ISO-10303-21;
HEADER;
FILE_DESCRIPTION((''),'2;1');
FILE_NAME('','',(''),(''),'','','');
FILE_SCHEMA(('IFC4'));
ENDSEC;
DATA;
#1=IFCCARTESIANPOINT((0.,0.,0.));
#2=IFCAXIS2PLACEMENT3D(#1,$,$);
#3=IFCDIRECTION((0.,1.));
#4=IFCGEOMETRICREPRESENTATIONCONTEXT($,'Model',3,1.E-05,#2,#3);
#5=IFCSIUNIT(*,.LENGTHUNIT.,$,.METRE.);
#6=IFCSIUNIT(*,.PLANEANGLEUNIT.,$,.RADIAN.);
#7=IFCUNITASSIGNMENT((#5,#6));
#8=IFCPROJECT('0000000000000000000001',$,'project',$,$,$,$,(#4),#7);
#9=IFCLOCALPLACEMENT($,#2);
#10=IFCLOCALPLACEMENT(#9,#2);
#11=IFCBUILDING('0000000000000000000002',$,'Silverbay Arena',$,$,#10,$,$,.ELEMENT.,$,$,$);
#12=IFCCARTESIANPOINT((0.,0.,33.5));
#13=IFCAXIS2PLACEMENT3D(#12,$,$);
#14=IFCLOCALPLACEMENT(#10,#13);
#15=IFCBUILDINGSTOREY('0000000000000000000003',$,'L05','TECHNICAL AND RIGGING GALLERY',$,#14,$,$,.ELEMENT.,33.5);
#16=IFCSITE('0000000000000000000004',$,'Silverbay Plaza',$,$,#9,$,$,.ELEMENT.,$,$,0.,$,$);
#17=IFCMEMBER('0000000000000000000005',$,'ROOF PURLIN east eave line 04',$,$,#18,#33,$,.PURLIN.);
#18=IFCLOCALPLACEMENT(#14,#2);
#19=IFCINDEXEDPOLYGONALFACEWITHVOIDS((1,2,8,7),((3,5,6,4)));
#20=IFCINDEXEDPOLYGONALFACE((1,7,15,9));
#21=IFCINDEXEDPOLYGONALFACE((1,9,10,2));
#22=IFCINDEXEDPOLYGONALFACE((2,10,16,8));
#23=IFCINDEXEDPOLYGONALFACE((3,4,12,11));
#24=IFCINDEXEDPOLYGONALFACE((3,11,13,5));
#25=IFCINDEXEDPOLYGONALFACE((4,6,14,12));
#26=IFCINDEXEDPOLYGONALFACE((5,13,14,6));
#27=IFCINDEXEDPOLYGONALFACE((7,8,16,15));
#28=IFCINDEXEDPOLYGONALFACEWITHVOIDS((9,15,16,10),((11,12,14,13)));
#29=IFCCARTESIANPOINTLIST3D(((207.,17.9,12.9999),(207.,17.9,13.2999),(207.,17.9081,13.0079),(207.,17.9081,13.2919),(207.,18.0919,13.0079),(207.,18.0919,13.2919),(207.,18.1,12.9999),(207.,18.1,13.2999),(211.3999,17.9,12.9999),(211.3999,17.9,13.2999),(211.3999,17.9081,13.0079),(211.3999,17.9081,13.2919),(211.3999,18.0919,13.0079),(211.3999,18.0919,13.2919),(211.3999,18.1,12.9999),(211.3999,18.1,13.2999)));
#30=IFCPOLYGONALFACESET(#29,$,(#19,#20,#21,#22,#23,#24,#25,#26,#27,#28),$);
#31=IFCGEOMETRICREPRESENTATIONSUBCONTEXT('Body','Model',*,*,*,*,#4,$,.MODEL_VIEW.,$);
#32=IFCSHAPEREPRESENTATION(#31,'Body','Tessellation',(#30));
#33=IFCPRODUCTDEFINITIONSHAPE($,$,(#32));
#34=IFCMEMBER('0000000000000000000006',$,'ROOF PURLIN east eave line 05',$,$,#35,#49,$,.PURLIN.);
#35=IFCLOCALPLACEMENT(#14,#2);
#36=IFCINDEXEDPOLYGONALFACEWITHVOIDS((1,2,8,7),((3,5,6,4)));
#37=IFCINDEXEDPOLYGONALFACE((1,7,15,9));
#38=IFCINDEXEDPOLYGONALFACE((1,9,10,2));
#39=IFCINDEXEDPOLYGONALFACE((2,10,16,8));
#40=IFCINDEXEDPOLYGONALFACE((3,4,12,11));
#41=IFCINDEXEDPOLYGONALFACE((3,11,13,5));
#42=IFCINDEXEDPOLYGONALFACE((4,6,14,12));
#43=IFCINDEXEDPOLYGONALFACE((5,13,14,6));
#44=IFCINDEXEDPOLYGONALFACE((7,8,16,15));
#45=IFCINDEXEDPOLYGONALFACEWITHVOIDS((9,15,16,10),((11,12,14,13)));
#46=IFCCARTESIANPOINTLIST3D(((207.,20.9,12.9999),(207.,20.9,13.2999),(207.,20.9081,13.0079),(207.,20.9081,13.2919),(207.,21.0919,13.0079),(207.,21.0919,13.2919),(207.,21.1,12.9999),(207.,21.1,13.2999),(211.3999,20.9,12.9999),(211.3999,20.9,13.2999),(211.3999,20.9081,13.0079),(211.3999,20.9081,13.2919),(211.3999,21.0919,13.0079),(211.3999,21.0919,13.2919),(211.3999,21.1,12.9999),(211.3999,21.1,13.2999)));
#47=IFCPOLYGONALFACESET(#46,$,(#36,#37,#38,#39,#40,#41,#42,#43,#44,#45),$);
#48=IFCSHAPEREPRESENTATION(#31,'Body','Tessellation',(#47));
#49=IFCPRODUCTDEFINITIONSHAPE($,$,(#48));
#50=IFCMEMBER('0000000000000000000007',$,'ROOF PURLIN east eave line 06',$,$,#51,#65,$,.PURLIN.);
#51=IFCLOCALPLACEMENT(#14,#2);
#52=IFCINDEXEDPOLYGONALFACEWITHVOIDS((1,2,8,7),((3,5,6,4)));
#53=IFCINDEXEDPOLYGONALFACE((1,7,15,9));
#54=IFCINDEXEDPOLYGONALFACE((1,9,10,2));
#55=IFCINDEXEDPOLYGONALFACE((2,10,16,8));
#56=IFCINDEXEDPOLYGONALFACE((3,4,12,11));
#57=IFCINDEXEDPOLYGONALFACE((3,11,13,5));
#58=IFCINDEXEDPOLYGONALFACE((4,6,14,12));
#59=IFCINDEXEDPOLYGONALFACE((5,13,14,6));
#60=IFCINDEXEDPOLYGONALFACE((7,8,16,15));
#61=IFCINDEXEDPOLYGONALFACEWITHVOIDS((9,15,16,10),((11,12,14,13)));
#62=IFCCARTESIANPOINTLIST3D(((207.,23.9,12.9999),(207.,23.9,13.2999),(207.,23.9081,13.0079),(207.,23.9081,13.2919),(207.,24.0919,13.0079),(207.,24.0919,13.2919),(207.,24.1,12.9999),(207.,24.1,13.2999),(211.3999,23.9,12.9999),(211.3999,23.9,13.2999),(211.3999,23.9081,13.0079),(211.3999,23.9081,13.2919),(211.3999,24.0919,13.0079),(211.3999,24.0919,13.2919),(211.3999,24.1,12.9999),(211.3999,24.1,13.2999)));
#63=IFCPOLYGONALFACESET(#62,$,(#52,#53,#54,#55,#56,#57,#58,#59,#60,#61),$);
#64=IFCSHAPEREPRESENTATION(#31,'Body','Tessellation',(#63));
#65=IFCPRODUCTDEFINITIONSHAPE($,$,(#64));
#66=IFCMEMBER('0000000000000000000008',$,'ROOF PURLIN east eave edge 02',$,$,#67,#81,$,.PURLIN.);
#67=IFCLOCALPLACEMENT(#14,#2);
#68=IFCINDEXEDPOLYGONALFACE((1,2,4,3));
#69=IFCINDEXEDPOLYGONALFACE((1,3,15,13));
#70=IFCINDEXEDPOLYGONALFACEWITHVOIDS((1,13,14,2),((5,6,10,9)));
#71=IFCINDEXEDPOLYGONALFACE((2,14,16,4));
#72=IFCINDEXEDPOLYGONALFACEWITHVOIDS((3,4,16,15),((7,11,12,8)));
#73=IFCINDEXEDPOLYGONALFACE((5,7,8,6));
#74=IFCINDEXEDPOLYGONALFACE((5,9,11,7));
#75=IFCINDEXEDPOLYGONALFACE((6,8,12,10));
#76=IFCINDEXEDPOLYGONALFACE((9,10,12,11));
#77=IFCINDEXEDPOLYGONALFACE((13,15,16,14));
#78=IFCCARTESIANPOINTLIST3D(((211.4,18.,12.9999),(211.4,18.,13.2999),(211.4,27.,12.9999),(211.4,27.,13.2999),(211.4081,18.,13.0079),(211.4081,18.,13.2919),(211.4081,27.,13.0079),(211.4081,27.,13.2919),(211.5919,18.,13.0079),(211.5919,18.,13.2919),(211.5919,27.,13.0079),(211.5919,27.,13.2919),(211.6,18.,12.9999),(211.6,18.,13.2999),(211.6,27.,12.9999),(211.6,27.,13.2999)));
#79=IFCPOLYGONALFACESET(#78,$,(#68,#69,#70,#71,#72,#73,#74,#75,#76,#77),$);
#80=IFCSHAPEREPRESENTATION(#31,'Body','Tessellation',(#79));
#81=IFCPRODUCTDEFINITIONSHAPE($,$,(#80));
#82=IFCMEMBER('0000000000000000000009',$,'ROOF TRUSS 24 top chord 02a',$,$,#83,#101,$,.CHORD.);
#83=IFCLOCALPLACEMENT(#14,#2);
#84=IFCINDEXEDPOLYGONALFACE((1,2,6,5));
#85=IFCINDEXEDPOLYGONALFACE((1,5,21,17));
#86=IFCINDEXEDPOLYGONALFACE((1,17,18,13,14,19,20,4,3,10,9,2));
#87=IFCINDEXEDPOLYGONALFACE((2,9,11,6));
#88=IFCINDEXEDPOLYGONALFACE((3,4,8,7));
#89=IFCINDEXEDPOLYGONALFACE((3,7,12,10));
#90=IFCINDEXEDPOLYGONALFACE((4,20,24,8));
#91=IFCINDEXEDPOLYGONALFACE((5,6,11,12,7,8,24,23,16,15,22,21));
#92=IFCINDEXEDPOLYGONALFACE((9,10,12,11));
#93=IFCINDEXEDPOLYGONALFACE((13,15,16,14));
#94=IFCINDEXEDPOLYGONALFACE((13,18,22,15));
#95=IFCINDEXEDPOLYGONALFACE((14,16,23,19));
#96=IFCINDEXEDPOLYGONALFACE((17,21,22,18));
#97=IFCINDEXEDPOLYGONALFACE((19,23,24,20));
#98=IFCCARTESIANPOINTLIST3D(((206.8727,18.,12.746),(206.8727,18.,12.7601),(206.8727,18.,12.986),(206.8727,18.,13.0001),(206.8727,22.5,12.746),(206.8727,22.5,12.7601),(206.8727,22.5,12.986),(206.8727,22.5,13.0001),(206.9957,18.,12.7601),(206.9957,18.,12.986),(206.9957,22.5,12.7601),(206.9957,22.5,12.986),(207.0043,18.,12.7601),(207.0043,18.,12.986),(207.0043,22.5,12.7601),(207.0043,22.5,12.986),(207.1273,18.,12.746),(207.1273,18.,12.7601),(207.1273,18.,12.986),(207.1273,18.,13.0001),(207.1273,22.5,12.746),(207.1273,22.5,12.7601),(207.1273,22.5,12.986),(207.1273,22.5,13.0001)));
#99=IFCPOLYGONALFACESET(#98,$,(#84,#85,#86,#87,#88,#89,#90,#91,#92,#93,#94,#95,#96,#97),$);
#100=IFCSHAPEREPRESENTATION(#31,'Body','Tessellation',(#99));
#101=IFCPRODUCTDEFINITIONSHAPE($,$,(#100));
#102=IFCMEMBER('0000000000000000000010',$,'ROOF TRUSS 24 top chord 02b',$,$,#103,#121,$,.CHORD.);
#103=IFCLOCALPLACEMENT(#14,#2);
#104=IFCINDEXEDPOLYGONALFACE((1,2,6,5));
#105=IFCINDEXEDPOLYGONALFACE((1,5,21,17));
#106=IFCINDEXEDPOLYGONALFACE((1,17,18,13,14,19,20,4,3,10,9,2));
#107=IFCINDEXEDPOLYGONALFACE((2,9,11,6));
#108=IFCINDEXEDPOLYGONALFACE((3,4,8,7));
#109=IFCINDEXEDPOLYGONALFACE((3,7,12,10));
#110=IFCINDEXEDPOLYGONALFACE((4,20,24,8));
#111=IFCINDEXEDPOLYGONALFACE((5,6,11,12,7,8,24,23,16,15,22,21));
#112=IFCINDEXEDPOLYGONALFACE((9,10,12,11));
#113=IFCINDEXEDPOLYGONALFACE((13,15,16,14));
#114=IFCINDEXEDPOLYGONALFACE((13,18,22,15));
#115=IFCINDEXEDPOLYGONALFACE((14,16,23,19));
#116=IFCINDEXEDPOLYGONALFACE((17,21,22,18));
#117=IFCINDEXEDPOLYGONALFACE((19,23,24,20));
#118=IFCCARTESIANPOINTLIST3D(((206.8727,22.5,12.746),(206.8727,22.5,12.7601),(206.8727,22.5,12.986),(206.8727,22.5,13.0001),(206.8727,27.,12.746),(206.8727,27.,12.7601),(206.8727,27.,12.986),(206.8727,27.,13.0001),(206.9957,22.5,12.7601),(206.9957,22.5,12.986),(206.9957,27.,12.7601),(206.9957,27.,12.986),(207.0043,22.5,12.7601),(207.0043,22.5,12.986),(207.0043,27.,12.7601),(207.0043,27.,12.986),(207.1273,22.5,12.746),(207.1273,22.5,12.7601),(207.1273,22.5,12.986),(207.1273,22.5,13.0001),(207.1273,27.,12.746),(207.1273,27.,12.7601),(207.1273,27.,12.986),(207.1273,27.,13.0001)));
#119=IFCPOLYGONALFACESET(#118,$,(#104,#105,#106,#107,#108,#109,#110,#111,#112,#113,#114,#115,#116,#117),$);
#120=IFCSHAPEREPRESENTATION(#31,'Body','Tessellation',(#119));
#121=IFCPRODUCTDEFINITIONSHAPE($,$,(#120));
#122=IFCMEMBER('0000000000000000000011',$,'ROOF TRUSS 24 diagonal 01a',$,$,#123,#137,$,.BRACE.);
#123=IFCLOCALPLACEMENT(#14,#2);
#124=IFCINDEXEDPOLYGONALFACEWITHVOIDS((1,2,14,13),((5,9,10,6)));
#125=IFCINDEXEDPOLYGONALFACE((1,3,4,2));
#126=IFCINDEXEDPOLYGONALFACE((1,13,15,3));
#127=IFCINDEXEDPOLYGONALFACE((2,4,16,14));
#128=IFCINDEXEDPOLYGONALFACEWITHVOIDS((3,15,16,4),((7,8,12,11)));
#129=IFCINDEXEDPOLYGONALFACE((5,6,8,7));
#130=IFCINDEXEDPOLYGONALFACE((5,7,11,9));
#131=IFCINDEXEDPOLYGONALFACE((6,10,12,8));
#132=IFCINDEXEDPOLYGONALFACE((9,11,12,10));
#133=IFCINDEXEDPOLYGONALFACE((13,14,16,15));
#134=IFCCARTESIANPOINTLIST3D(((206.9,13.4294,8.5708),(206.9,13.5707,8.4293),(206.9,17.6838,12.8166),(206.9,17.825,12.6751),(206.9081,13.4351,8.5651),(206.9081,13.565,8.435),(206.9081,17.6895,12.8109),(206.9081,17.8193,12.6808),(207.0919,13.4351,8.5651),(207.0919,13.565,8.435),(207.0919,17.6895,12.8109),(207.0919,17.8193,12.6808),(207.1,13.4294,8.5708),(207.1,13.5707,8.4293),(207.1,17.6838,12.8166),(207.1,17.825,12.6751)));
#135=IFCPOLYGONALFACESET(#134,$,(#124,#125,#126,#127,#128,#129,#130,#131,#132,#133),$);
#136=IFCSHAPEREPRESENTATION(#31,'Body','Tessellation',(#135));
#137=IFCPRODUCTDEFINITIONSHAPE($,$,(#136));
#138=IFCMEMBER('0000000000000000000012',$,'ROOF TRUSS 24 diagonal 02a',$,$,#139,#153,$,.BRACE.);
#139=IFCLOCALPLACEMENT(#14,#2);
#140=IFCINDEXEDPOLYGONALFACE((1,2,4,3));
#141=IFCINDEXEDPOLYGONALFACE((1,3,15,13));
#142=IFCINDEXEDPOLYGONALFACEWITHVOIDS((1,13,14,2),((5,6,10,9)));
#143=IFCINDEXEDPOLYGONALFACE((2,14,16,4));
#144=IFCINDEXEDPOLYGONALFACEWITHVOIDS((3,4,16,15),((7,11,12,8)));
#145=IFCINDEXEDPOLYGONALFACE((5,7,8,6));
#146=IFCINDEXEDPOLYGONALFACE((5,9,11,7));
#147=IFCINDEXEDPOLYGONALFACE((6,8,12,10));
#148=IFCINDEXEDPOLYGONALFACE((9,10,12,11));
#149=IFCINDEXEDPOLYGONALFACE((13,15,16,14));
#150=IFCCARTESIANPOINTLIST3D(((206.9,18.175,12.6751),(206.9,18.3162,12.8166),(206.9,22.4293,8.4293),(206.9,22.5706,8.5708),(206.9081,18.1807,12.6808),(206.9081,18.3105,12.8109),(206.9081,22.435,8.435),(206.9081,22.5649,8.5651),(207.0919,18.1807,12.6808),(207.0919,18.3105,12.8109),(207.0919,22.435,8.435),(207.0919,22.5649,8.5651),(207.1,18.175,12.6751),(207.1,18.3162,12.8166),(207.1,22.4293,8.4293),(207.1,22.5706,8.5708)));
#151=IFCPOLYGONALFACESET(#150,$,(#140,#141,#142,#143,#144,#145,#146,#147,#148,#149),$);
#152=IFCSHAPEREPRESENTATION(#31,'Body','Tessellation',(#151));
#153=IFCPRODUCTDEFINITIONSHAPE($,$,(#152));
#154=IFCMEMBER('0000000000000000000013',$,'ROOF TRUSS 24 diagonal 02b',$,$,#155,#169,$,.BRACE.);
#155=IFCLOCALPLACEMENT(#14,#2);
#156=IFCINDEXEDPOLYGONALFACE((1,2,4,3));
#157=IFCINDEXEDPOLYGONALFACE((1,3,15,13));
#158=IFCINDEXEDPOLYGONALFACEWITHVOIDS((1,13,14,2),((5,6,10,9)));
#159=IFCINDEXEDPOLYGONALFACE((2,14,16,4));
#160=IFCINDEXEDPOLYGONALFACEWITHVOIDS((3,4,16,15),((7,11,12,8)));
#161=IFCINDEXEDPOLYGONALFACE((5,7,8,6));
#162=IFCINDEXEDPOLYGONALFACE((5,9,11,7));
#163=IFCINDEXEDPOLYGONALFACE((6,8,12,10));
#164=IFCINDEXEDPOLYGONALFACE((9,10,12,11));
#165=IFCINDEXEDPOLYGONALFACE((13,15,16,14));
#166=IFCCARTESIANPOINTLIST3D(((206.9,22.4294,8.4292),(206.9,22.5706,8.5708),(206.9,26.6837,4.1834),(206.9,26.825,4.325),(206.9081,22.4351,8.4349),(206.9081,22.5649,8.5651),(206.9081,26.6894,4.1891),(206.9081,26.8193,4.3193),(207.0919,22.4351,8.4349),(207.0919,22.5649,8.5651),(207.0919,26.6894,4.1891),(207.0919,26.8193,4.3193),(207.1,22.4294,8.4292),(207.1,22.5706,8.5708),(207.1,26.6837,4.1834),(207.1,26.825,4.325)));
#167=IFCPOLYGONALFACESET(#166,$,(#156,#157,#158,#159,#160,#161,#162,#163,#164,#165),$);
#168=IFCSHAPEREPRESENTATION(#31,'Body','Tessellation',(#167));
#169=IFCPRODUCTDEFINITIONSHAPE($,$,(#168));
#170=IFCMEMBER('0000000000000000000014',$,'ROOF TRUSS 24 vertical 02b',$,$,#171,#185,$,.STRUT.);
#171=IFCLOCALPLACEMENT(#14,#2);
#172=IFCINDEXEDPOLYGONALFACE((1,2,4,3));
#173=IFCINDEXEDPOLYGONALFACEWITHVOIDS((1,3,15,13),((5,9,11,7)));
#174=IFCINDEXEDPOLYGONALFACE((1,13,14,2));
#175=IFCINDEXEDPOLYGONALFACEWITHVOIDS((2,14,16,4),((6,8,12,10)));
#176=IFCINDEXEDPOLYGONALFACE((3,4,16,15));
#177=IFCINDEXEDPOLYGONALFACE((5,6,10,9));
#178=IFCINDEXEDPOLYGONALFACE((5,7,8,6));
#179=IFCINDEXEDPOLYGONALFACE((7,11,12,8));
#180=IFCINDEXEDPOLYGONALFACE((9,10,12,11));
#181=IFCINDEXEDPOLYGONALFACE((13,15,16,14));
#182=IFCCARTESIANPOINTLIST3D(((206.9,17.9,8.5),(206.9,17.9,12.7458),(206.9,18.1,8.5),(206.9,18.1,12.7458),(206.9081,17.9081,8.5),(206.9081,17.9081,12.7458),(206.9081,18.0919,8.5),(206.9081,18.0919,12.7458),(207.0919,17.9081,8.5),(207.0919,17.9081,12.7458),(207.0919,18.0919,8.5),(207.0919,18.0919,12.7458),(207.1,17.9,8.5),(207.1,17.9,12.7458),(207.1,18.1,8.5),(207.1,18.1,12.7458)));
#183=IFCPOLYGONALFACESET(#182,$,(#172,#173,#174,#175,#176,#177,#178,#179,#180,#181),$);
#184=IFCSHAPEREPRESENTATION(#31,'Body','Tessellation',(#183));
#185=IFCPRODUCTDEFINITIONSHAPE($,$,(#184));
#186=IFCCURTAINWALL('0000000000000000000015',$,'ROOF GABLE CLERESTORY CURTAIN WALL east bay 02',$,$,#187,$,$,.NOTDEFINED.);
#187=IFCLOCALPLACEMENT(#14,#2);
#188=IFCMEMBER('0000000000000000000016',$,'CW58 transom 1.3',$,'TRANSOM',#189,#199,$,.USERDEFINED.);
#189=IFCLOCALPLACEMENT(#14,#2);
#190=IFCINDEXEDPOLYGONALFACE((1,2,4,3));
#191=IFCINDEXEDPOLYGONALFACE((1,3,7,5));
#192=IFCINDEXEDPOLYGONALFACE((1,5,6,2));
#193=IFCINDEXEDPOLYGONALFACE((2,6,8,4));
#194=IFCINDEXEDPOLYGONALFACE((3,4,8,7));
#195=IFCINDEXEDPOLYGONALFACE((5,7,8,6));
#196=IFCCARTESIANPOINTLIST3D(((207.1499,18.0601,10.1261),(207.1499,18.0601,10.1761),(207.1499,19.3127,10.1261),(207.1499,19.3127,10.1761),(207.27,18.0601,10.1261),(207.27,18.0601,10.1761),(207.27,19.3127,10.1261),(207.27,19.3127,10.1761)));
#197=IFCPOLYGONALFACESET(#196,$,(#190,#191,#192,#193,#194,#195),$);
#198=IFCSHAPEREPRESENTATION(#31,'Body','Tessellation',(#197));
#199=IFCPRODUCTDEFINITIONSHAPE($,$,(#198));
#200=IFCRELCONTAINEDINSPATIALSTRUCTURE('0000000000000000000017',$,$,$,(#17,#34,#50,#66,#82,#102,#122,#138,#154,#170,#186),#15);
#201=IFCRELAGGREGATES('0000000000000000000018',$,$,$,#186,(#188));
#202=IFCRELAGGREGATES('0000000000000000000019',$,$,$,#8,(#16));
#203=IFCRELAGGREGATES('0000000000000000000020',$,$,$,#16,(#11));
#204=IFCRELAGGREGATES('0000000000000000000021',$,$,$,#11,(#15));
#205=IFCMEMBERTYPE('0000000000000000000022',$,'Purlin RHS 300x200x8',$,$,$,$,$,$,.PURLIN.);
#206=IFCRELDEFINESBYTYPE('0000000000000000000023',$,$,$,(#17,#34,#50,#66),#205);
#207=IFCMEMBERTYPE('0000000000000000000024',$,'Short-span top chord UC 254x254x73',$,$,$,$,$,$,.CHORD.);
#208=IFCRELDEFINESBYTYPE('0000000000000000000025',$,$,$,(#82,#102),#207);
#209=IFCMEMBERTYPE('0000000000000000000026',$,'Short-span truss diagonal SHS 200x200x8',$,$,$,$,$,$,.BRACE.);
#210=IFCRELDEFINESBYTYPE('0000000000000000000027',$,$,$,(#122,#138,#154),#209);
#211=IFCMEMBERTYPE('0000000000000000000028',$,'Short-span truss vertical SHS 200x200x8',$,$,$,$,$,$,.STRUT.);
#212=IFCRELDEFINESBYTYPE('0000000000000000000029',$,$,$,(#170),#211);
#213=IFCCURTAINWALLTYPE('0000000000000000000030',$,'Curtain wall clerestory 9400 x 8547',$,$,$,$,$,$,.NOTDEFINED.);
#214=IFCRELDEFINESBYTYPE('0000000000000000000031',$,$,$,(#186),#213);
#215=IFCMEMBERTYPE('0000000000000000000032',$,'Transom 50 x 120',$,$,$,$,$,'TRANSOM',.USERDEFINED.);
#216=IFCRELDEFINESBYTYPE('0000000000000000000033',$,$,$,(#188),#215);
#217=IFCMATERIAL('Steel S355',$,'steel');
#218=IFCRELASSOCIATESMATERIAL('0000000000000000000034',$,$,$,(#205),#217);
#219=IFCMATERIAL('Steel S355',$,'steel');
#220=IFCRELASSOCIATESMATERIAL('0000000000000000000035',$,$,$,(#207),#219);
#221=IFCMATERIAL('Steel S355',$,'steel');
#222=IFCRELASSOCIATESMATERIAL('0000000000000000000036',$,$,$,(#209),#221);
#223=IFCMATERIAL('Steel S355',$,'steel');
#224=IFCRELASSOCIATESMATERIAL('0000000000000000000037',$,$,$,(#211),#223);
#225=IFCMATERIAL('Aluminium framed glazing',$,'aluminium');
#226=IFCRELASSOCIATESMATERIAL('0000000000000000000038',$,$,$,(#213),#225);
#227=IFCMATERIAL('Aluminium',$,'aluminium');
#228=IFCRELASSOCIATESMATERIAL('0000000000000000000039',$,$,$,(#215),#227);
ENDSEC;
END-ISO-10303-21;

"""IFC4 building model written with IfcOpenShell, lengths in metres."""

from ifc_helpers import new_model, si_unit, direction, frame, origin, origin_2d, place, context, subcontext, project, spatial, rectangle, hollow_rectangle, i_section, extrude, material, material_profile, profile_set, type_object, element, aggregate, save


model = new_model("IFC4")

# Units and contexts
model_context = context("Model", 3, precision=1e-05, world=origin(), true_north=direction((0.0, 1.0)))
body_context = subcontext(model_context, "Body", "Model", "MODEL_VIEW")
ifc_project = project(units=[si_unit("LENGTHUNIT", "METRE"), si_unit("PLANEANGLEUNIT", "RADIAN")], contexts=[model_context])

# Site, building, storey
site_placement = place(None, origin())
site = spatial("IfcSite", under=ifc_project, at=site_placement, Name="Silverbay Plaza", CompositionType="ELEMENT", RefElevation=0.0)
building_placement = place(site_placement, origin())
building = spatial("IfcBuilding", under=site, at=building_placement, Name="Silverbay Arena", CompositionType="ELEMENT")
storey_placement = place(building_placement, frame((0.0, 0.0, 33.5)))
storey = spatial("IfcBuildingStorey", under=building, at=storey_placement, Name="L05", Description="TECHNICAL AND RIGGING GALLERY", CompositionType="ELEMENT", Elevation=33.5)

# Members
ifc_material_1 = material(Name="Steel S355", Category="steel")
ifc_material_profile_1 = material_profile(ifc_material_1, hollow_rectangle(XDim=0.2, YDim=0.3, WallThickness=0.0081, at=origin_2d()), Name="RHS 300x200x8")
ifc_profile_set_1 = profile_set([ifc_material_profile_1], Name="Steel S355")
member_type_1 = type_object("IfcMemberType", Name="Purlin RHS 300x200x8", PredefinedType="PURLIN", material=ifc_profile_set_1)
for number, where, z_axis, x_axis, name in (
    (1, (211.3999, 18.0, 13.1499), (-1.0, 0.0, 0.0), (0.0, -1.0, 0.0), "ROOF PURLIN east eave line 04"),
    (2, (211.3999, 21.0, 13.1499), (-1.0, 0.0, 0.0), (0.0, -1.0, 0.0), "ROOF PURLIN east eave line 05"),
    (3, (211.3999, 24.0, 13.1499), (-1.0, 0.0, 0.0), (0.0, -1.0, 0.0), "ROOF PURLIN east eave line 06"),
):
    element("IfcMember", number, at=place(storey_placement, frame(where, z_axis=z_axis, x_axis=x_axis)), inside=storey, type_object=member_type_1, Name=name, PredefinedType="PURLIN", context=body_context, shape_type="SweptSolid", body=[
        extrude(hollow_rectangle(XDim=0.2, YDim=0.3, WallThickness=0.0081, at=origin_2d()), origin(), (0.0, 0.0, 1.0), 4.3999),
    ])
member_1_placement = place(storey_placement, frame((211.5, 18.0, 13.1499), z_axis=(0.0, 1.0, 0.0), x_axis=(-1.0, 0.0, 0.0)))
element("IfcMember", 4, at=member_1_placement, inside=storey, type_object=member_type_1, Name="ROOF PURLIN east eave edge 02", PredefinedType="PURLIN", context=body_context, shape_type="SweptSolid", body=[
    extrude(hollow_rectangle(XDim=0.2, YDim=0.3, WallThickness=0.0081, at=origin_2d()), origin(), (0.0, 0.0, 1.0), 9.0),
])
ifc_material_2 = material(Name="Steel S355", Category="steel")
ifc_material_profile_2 = material_profile(ifc_material_2, i_section(OverallWidth=0.2546, OverallDepth=0.2542, WebThickness=0.0085, FlangeThickness=0.0142, at=origin_2d()), Name="UC 254x254x73")
ifc_profile_set_2 = profile_set([ifc_material_profile_2], Name="Steel S355")
member_type_2 = type_object("IfcMemberType", Name="Short-span top chord UC 254x254x73", PredefinedType="CHORD", material=ifc_profile_set_2)
for number, where, z_axis, x_axis, name in (
    (5, (207.0, 18.0, 12.873), (0.0, 1.0, 0.0), (-1.0, 0.0, 0.0), "ROOF TRUSS 24 top chord 02a"),
    (6, (207.0, 22.5, 12.873), (0.0, 1.0, 0.0), (-1.0, 0.0, 0.0), "ROOF TRUSS 24 top chord 02b"),
):
    element("IfcMember", number, at=place(storey_placement, frame(where, z_axis=z_axis, x_axis=x_axis)), inside=storey, type_object=member_type_2, Name=name, PredefinedType="CHORD", context=body_context, shape_type="SweptSolid", body=[
        extrude(i_section(OverallWidth=0.2546, OverallDepth=0.2542, WebThickness=0.0085, FlangeThickness=0.0142, at=origin_2d()), origin(), (0.0, 0.0, 1.0), 4.5),
    ])
ifc_material_3 = material(Name="Steel S355", Category="steel")
ifc_material_profile_3 = material_profile(ifc_material_3, hollow_rectangle(XDim=0.2, YDim=0.2, WallThickness=0.0081, at=origin_2d()), Name="SHS 200x200x8")
ifc_profile_set_3 = profile_set([ifc_material_profile_3], Name="Steel S355")
member_type_3 = type_object("IfcMemberType", Name="Short-span truss diagonal SHS 200x200x8", PredefinedType="BRACE", material=ifc_profile_set_3)
for number, where, z_axis, x_axis, name in (
    (7, (207.0, 17.7544, 12.7458), (0.0, -0.707817, -0.706396), (1.0, 0.0, 0.0), "ROOF TRUSS 24 diagonal 01a"),
    (8, (207.0, 18.2456, 12.7458), (0.0, 0.707817, -0.706396), (-1.0, 0.0, 0.0), "ROOF TRUSS 24 diagonal 02a"),
    (9, (207.0, 22.5, 8.5), (0.0, 0.707817, -0.706396), (-1.0, 0.0, 0.0), "ROOF TRUSS 24 diagonal 02b"),
):
    element("IfcMember", number, at=place(storey_placement, frame(where, z_axis=z_axis, x_axis=x_axis)), inside=storey, type_object=member_type_3, Name=name, PredefinedType="BRACE", context=body_context, shape_type="SweptSolid", body=[
        extrude(hollow_rectangle(XDim=0.2, YDim=0.2, WallThickness=0.0081, at=origin_2d()), origin(), (0.0, 0.0, 1.0), 6.0105),
    ])
ifc_material_4 = material(Name="Steel S355", Category="steel")
ifc_material_profile_4 = material_profile(ifc_material_4, hollow_rectangle(XDim=0.2, YDim=0.2, WallThickness=0.0081, at=origin_2d()), Name="SHS 200x200x8")
ifc_profile_set_4 = profile_set([ifc_material_profile_4], Name="Steel S355")
member_type_4 = type_object("IfcMemberType", Name="Short-span truss vertical SHS 200x200x8", PredefinedType="STRUT", material=ifc_profile_set_4)
member_2_placement = place(storey_placement, frame((207.0, 18.0, 8.5), z_axis=(0.0, 0.0, 1.0), x_axis=(1.0, 0.0, 0.0)))
element("IfcMember", 10, at=member_2_placement, inside=storey, type_object=member_type_4, Name="ROOF TRUSS 24 vertical 02b", PredefinedType="STRUT", context=body_context, shape_type="SweptSolid", body=[
    extrude(hollow_rectangle(XDim=0.2, YDim=0.2, WallThickness=0.0081, at=origin_2d()), origin(), (0.0, 0.0, 1.0), 4.2458),
])

# Curtain wall, member
ifc_material_5 = material(Name="Aluminium framed glazing", Category="aluminium")
curtain_wall_type_1 = type_object("IfcCurtainWallType", Name="Curtain wall clerestory 9400 x 8547", PredefinedType="NOTDEFINED", material=ifc_material_5)
curtain_wall_1_placement = place(storey_placement, origin())
curtain_wall_1 = element("IfcCurtainWall", 11, at=curtain_wall_1_placement, inside=storey, type_object=curtain_wall_type_1, Name="ROOF GABLE CLERESTORY CURTAIN WALL east bay 02", PredefinedType="NOTDEFINED")
ifc_material_6 = material(Name="Aluminium", Category="aluminium")
ifc_material_profile_5 = material_profile(ifc_material_6, rectangle(XDim=0.1201, YDim=0.05, at=origin_2d()), Name="Transom 50 x 120")
ifc_profile_set_5 = profile_set([ifc_material_profile_5], Name="Aluminium")
member_type_5 = type_object("IfcMemberType", Name="Transom 50 x 120", ElementType="TRANSOM", PredefinedType="USERDEFINED", material=ifc_profile_set_5)
member_3_placement = place(storey_placement, frame((207.21, 18.0601, 10.1511), z_axis=(0.0, 1.0, 0.0), x_axis=(-1.0, 0.0, 0.0)))
member_3 = element("IfcMember", 12, at=member_3_placement, type_object=member_type_5, Name="CW58 transom 1.3", ObjectType="TRANSOM", PredefinedType="USERDEFINED", context=body_context, shape_type="SweptSolid", body=[
    extrude(rectangle(XDim=0.1201, YDim=0.05, at=origin_2d()), origin(), (0.0, 0.0, 1.0), 1.2527),
])

aggregate(curtain_wall_1, [member_3])

save(model, "model.ifc")
